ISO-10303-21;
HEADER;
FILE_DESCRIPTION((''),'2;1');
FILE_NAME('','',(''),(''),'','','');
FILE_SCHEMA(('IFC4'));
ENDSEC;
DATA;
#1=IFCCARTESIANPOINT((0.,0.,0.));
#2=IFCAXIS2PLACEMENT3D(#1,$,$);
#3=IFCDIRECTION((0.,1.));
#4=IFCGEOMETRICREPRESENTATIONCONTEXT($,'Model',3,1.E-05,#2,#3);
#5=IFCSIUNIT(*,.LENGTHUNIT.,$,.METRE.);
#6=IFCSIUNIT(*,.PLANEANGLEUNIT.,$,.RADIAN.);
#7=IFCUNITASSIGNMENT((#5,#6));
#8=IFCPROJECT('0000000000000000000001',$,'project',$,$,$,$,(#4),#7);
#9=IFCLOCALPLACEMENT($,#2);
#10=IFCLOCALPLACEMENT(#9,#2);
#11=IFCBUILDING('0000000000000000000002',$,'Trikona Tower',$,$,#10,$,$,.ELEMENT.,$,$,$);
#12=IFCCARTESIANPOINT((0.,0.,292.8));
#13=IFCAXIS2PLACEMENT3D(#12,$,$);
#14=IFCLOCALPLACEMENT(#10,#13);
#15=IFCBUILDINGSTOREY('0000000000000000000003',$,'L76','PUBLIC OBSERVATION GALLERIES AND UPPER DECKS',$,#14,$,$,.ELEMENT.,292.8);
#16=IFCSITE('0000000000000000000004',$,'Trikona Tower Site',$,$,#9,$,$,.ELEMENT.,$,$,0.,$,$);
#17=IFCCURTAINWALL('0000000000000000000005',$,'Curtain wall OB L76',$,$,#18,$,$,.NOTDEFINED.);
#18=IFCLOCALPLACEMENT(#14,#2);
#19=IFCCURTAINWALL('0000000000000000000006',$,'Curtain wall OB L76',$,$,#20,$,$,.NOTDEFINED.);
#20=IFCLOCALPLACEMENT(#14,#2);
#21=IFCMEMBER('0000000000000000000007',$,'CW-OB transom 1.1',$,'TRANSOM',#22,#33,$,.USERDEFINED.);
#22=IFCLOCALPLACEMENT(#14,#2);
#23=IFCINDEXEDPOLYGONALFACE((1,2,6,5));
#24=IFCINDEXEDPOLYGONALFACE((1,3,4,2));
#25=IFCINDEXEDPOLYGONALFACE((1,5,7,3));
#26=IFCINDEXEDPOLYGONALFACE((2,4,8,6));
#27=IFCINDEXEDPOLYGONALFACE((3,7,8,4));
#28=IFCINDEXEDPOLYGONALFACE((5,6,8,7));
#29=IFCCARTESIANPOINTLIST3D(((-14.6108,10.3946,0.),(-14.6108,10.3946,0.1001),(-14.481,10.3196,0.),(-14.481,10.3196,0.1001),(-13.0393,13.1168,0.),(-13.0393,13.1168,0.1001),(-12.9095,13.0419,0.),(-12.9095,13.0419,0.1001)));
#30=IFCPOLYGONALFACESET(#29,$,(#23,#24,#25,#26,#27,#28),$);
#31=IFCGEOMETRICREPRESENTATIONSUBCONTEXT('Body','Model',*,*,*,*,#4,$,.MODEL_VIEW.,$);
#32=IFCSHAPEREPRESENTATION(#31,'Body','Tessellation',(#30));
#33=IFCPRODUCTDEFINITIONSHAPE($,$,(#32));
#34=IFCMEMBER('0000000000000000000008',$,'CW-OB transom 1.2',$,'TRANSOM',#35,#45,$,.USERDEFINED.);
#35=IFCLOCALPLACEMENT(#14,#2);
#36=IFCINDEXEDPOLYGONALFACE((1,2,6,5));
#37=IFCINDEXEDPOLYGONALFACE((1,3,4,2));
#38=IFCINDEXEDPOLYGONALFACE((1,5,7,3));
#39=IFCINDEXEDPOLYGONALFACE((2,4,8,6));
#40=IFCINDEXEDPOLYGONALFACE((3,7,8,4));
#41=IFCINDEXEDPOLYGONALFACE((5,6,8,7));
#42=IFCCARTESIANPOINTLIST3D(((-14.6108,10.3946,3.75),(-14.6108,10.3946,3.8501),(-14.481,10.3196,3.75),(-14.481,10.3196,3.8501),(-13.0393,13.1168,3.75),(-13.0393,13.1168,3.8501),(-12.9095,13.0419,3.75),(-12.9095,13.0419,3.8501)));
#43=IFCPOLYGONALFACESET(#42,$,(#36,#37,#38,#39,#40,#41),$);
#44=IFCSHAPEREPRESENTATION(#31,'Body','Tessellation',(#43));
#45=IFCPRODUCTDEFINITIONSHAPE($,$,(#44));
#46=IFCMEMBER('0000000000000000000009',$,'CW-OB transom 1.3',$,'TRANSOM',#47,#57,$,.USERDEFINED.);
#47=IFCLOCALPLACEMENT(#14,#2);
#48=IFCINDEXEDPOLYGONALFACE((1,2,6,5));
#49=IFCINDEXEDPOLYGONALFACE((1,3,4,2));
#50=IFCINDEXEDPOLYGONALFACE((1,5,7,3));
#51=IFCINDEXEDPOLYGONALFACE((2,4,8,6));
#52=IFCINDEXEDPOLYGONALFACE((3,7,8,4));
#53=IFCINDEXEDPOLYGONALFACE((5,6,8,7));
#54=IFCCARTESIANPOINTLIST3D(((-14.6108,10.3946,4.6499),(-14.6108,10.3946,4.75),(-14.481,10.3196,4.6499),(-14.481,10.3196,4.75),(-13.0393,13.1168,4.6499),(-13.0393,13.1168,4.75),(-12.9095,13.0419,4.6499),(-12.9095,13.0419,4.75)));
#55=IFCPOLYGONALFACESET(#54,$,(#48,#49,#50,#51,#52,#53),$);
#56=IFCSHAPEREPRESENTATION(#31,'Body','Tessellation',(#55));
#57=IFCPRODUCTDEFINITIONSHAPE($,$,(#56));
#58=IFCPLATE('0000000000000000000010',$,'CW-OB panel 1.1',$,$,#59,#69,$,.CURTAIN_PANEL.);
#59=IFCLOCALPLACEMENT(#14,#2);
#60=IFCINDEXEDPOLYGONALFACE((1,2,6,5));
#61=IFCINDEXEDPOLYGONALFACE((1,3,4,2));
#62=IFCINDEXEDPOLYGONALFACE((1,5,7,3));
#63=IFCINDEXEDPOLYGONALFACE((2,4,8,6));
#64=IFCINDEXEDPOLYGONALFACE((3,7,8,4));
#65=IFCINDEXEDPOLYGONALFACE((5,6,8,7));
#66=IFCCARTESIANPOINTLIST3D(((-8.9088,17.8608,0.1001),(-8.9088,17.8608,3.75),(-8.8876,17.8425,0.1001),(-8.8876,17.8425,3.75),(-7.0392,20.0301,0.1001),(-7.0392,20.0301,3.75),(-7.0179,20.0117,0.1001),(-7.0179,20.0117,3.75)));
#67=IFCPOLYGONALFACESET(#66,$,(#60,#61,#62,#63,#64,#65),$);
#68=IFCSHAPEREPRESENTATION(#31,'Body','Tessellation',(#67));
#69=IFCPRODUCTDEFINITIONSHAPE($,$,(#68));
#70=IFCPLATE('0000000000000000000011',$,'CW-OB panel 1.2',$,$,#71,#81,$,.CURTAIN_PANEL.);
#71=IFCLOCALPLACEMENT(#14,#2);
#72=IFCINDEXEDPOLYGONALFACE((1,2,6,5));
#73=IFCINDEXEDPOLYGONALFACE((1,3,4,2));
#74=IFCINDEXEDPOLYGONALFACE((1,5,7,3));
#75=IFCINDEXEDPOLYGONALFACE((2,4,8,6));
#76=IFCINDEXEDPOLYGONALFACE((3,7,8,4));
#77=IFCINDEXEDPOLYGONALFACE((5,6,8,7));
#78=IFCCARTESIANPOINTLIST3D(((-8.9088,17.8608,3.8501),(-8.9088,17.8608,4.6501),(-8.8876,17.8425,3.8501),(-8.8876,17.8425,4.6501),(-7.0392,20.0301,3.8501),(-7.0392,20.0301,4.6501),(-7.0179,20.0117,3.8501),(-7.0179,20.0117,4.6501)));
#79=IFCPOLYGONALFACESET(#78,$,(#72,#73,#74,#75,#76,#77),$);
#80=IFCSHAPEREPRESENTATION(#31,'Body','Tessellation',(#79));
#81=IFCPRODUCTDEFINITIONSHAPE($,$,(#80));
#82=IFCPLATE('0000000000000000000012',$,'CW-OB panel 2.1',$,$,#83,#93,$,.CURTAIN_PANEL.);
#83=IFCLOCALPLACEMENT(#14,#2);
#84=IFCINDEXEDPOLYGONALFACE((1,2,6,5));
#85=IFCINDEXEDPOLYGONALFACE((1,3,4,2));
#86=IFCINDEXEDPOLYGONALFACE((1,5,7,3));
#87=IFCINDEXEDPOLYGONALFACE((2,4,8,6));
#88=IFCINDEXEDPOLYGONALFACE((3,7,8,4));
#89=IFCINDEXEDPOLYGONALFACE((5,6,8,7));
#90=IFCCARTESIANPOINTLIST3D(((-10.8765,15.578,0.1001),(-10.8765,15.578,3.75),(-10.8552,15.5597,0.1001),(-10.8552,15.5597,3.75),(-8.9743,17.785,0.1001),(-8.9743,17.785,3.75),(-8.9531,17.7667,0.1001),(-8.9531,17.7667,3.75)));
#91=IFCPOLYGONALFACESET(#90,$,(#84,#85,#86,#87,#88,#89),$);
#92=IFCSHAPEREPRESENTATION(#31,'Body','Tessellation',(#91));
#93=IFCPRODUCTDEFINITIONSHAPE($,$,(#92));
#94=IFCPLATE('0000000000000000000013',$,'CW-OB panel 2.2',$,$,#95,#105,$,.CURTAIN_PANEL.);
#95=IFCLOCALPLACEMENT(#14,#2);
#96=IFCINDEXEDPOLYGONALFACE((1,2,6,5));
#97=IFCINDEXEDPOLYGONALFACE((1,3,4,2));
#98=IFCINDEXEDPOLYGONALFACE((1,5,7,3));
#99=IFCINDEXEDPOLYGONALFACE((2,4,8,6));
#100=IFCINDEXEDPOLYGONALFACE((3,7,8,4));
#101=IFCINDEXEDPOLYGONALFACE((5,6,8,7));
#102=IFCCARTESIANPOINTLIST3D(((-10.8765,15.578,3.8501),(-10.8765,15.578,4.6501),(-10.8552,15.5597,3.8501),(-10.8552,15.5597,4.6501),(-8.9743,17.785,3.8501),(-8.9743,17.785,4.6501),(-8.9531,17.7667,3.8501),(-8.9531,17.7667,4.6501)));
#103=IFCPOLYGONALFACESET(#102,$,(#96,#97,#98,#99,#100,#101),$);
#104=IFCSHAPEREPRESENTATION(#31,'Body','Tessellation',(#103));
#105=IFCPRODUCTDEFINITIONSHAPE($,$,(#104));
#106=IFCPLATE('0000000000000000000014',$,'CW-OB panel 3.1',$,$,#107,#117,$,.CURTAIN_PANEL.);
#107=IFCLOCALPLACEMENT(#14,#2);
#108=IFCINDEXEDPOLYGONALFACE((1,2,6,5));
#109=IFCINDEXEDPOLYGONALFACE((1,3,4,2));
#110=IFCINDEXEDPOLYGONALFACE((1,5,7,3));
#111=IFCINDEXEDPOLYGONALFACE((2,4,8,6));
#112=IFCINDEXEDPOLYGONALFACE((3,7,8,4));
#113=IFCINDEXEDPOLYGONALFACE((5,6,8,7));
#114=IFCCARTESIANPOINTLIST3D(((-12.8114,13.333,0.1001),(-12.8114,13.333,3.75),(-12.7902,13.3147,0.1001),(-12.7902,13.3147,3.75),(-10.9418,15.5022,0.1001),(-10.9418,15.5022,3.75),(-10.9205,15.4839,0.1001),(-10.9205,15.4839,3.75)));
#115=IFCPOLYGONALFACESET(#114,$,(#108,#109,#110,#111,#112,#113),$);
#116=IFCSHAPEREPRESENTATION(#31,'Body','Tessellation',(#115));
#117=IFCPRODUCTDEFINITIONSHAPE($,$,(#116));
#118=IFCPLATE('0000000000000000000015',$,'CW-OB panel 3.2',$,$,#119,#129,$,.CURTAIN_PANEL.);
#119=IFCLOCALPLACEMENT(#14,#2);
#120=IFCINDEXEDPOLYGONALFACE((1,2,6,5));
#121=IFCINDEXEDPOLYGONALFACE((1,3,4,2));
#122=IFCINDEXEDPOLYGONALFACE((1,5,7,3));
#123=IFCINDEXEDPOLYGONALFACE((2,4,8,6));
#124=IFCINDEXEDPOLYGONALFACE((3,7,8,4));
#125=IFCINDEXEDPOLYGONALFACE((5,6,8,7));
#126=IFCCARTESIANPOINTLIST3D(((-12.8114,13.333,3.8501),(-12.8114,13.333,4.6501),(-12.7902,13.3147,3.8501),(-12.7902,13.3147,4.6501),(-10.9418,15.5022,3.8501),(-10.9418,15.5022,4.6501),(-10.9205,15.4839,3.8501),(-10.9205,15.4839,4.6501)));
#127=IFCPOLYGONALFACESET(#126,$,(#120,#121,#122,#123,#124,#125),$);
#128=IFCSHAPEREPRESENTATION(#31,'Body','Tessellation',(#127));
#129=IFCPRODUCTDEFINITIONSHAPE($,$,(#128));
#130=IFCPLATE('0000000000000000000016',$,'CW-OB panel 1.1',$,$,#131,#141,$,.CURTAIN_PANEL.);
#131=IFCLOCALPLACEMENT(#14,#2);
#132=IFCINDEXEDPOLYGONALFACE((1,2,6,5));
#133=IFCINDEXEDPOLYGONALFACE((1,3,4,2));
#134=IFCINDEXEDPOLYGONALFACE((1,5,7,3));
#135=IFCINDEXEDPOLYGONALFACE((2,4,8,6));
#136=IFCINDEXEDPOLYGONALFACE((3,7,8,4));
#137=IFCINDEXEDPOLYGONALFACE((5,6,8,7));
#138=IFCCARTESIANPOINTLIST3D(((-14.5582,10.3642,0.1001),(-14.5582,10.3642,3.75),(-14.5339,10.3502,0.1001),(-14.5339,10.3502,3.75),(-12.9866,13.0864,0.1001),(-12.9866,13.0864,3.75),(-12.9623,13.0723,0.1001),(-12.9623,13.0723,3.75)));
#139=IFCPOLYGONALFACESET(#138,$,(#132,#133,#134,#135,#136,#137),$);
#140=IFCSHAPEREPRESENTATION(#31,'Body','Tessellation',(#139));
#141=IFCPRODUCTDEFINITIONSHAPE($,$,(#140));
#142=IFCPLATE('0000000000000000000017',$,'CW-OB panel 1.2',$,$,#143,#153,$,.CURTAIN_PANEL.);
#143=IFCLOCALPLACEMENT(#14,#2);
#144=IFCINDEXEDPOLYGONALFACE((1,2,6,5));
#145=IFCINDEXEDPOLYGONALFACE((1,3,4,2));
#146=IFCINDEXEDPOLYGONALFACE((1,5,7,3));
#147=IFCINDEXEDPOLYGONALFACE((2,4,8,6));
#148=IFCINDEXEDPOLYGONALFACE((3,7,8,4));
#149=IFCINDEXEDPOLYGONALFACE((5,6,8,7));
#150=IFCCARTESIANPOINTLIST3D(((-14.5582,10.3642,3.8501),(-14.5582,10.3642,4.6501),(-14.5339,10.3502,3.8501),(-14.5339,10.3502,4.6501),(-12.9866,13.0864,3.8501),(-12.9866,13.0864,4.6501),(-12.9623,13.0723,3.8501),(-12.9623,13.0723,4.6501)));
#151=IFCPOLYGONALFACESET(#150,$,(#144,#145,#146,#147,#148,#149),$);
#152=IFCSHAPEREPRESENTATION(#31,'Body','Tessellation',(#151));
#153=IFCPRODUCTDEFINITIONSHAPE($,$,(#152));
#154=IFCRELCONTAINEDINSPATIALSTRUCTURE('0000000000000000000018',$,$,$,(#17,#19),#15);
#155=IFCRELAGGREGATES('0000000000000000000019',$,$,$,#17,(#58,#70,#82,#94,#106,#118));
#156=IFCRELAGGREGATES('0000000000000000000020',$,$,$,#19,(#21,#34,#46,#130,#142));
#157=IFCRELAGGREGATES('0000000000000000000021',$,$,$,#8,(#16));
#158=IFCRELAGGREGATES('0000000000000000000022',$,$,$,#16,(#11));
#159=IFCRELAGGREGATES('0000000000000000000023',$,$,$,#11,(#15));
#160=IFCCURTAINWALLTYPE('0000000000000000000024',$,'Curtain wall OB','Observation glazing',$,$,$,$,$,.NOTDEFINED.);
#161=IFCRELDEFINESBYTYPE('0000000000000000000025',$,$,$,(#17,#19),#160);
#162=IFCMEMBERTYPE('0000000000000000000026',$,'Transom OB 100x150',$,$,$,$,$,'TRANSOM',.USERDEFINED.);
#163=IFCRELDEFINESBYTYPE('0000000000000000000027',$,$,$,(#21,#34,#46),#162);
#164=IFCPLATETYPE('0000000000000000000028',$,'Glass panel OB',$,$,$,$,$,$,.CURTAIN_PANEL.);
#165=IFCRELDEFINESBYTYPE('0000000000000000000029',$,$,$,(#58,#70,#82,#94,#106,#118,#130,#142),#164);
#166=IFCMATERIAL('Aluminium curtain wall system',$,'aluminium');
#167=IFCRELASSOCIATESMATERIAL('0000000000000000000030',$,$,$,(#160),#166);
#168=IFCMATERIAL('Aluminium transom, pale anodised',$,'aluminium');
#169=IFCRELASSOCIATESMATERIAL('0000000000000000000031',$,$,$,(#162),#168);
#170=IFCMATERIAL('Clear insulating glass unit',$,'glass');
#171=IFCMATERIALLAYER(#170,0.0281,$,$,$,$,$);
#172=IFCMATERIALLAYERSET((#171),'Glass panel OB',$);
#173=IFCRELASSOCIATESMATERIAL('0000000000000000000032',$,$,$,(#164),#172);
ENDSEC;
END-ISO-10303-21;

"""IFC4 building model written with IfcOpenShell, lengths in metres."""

from ifc_helpers import new_model, si_unit, direction, frame, origin, origin_2d, place, context, subcontext, project, spatial, rectangle, extrude, material, layer, layer_set, material_profile, profile_set, type_object, element, aggregate, save


model = new_model("IFC4")

# Units and contexts
model_context = context("Model", 3, precision=1e-05, world=origin(), true_north=direction((0.0, 1.0)))
body_context = subcontext(model_context, "Body", "Model", "MODEL_VIEW")
ifc_project = project(units=[si_unit("LENGTHUNIT", "METRE"), si_unit("PLANEANGLEUNIT", "RADIAN")], contexts=[model_context])

# Site, building, storey
site_placement = place(None, origin())
site = spatial("IfcSite", under=ifc_project, at=site_placement, Name="Trikona Tower Site", CompositionType="ELEMENT", RefElevation=0.0)
building_placement = place(site_placement, origin())
building = spatial("IfcBuilding", under=site, at=building_placement, Name="Trikona Tower", CompositionType="ELEMENT")
storey_placement = place(building_placement, frame((0.0, 0.0, 292.8)))
storey = spatial("IfcBuildingStorey", under=building, at=storey_placement, Name="L76", Description="PUBLIC OBSERVATION GALLERIES AND UPPER DECKS", CompositionType="ELEMENT", Elevation=292.8)

# Curtain wall
ifc_material_1 = material(Name="Aluminium curtain wall system", Category="aluminium")
curtain_wall_type = type_object("IfcCurtainWallType", Name="Curtain wall OB", Description="Observation glazing", PredefinedType="NOTDEFINED", material=ifc_material_1)
curtain_wall_1_placement = place(storey_placement, origin())
curtain_wall_1 = element("IfcCurtainWall", 1, at=curtain_wall_1_placement, inside=storey, type_object=curtain_wall_type, Name="Curtain wall OB L76", PredefinedType="NOTDEFINED")

# Curtain wall
curtain_wall_2_placement = place(storey_placement, origin())
curtain_wall_2 = element("IfcCurtainWall", 2, at=curtain_wall_2_placement, inside=storey, type_object=curtain_wall_type, Name="Curtain wall OB L76", PredefinedType="NOTDEFINED")

# Members
ifc_material_2 = material(Name="Aluminium transom, pale anodised", Category="aluminium")
ifc_material_profile_1 = material_profile(ifc_material_2, rectangle(XDim=0.1499, YDim=0.1001, at=origin_2d()), Name="TRN-OB")
ifc_profile_set_1 = profile_set([ifc_material_profile_1], Name="Aluminium transom, pale anodised")
member_type_1 = type_object("IfcMemberType", Name="Transom OB 100x150", ElementType="TRANSOM", PredefinedType="USERDEFINED", material=ifc_profile_set_1)
member_1_placement = place(storey_placement, frame((-12.9744, 13.0793, 0.05), z_axis=(-0.499973, -0.866041, 0.0), x_axis=(0.866041, -0.499973, 0.0)))
member_1 = element("IfcMember", 3, at=member_1_placement, type_object=member_type_1, Name="CW-OB transom 1.1", ObjectType="TRANSOM", PredefinedType="USERDEFINED", context=body_context, shape_type="SweptSolid", body=[
    extrude(rectangle(XDim=0.1499, YDim=0.1001, at=origin_2d()), origin(), (0.0, 0.0, 1.0), 3.1433),
])
member_2_placement = place(storey_placement, frame((-12.9744, 13.0793, 3.8), z_axis=(-0.499973, -0.866041, 0.0), x_axis=(0.866041, -0.499973, 0.0)))
member_2 = element("IfcMember", 4, at=member_2_placement, type_object=member_type_1, Name="CW-OB transom 1.2", ObjectType="TRANSOM", PredefinedType="USERDEFINED", context=body_context, shape_type="SweptSolid", body=[
    extrude(rectangle(XDim=0.1499, YDim=0.1001, at=origin_2d()), origin(), (0.0, 0.0, 1.0), 3.1433),
])
member_3_placement = place(storey_placement, frame((-12.9744, 13.0793, 4.7), z_axis=(-0.499973, -0.866041, 0.0), x_axis=(0.866041, -0.499973, 0.0)))
member_3 = element("IfcMember", 5, at=member_3_placement, type_object=member_type_1, Name="CW-OB transom 1.3", ObjectType="TRANSOM", PredefinedType="USERDEFINED", context=body_context, shape_type="SweptSolid", body=[
    extrude(rectangle(XDim=0.1499, YDim=0.1001, at=origin_2d()), origin(), (0.0, 0.0, 1.0), 3.1433),
])

# Plates
ifc_material_3 = material(Name="Clear insulating glass unit", Category="glass")
ifc_layer = layer(ifc_material_3, 0.0281)
ifc_layer_set = layer_set([ifc_layer], Name="Glass panel OB")
plate_type = type_object("IfcPlateType", Name="Glass panel OB", PredefinedType="CURTAIN_PANEL", material=ifc_layer_set)
plate_1_placement = place(storey_placement, frame((-7.9634, 18.9363, 0.1001), z_axis=(0.0, 0.0, 1.0), x_axis=(-0.652864, -0.757475, 0.0)))
plate_1 = element("IfcPlate", 6, at=plate_1_placement, type_object=plate_type, Name="CW-OB panel 1.1", PredefinedType="CURTAIN_PANEL", context=body_context, shape_type="SweptSolid", body=[
    extrude(rectangle(XDim=2.8638, YDim=0.0281, at=origin_2d()), origin(), (0.0, 0.0, 1.0), 3.6499),
])
plate_2_placement = place(storey_placement, frame((-7.9634, 18.9363, 3.8501), z_axis=(0.0, 0.0, 1.0), x_axis=(-0.652864, -0.757475, 0.0)))
plate_2 = element("IfcPlate", 7, at=plate_2_placement, type_object=plate_type, Name="CW-OB panel 1.2", PredefinedType="CURTAIN_PANEL", context=body_context, shape_type="SweptSolid", body=[
    extrude(rectangle(XDim=2.8638, YDim=0.0281, at=origin_2d()), origin(), (0.0, 0.0, 1.0), 0.8),
])
plate_3_placement = place(storey_placement, frame((-9.9148, 16.6724, 0.1001), z_axis=(0.0, 0.0, 1.0), x_axis=(-0.652864, -0.757475, 0.0)))
plate_3 = element("IfcPlate", 8, at=plate_3_placement, type_object=plate_type, Name="CW-OB panel 2.1", PredefinedType="CURTAIN_PANEL", context=body_context, shape_type="SweptSolid", body=[
    extrude(rectangle(XDim=2.9136, YDim=0.0281, at=origin_2d()), origin(), (0.0, 0.0, 1.0), 3.6499),
])
plate_4_placement = place(storey_placement, frame((-9.9148, 16.6724, 3.8501), z_axis=(0.0, 0.0, 1.0), x_axis=(-0.652864, -0.757475, 0.0)))
plate_4 = element("IfcPlate", 9, at=plate_4_placement, type_object=plate_type, Name="CW-OB panel 2.2", PredefinedType="CURTAIN_PANEL", context=body_context, shape_type="SweptSolid", body=[
    extrude(rectangle(XDim=2.9136, YDim=0.0281, at=origin_2d()), origin(), (0.0, 0.0, 1.0), 0.8),
])
plate_5_placement = place(storey_placement, frame((-11.866, 14.4084, 0.1001), z_axis=(0.0, 0.0, 1.0), x_axis=(-0.652864, -0.757475, 0.0)))
plate_5 = element("IfcPlate", 10, at=plate_5_placement, type_object=plate_type, Name="CW-OB panel 3.1", PredefinedType="CURTAIN_PANEL", context=body_context, shape_type="SweptSolid", body=[
    extrude(rectangle(XDim=2.8638, YDim=0.0281, at=origin_2d()), origin(), (0.0, 0.0, 1.0), 3.6499),
])
plate_6_placement = place(storey_placement, frame((-11.866, 14.4084, 3.8501), z_axis=(0.0, 0.0, 1.0), x_axis=(-0.652864, -0.757475, 0.0)))
plate_6 = element("IfcPlate", 11, at=plate_6_placement, type_object=plate_type, Name="CW-OB panel 3.2", PredefinedType="CURTAIN_PANEL", context=body_context, shape_type="SweptSolid", body=[
    extrude(rectangle(XDim=2.8638, YDim=0.0281, at=origin_2d()), origin(), (0.0, 0.0, 1.0), 0.8),
])
aggregate(curtain_wall_1, [plate_1, plate_2, plate_3, plate_4, plate_5, plate_6])
plate_7_placement = place(storey_placement, frame((-13.7603, 11.7183, 0.1001), z_axis=(0.0, 0.0, 1.0), x_axis=(-0.500006, -0.866022, 0.0)))
plate_7 = element("IfcPlate", 12, at=plate_7_placement, type_object=plate_type, Name="CW-OB panel 1.1", PredefinedType="CURTAIN_PANEL", context=body_context, shape_type="SweptSolid", body=[
    extrude(rectangle(XDim=3.1433, YDim=0.0281, at=origin_2d()), origin(), (0.0, 0.0, 1.0), 3.6499),
])
plate_8_placement = place(storey_placement, frame((-13.7603, 11.7183, 3.8501), z_axis=(0.0, 0.0, 1.0), x_axis=(-0.500006, -0.866022, 0.0)))
plate_8 = element("IfcPlate", 13, at=plate_8_placement, type_object=plate_type, Name="CW-OB panel 1.2", PredefinedType="CURTAIN_PANEL", context=body_context, shape_type="SweptSolid", body=[
    extrude(rectangle(XDim=3.1433, YDim=0.0281, at=origin_2d()), origin(), (0.0, 0.0, 1.0), 0.8),
])
aggregate(curtain_wall_2, [member_1, member_2, member_3, plate_7, plate_8])

save(model, "model.ifc")
